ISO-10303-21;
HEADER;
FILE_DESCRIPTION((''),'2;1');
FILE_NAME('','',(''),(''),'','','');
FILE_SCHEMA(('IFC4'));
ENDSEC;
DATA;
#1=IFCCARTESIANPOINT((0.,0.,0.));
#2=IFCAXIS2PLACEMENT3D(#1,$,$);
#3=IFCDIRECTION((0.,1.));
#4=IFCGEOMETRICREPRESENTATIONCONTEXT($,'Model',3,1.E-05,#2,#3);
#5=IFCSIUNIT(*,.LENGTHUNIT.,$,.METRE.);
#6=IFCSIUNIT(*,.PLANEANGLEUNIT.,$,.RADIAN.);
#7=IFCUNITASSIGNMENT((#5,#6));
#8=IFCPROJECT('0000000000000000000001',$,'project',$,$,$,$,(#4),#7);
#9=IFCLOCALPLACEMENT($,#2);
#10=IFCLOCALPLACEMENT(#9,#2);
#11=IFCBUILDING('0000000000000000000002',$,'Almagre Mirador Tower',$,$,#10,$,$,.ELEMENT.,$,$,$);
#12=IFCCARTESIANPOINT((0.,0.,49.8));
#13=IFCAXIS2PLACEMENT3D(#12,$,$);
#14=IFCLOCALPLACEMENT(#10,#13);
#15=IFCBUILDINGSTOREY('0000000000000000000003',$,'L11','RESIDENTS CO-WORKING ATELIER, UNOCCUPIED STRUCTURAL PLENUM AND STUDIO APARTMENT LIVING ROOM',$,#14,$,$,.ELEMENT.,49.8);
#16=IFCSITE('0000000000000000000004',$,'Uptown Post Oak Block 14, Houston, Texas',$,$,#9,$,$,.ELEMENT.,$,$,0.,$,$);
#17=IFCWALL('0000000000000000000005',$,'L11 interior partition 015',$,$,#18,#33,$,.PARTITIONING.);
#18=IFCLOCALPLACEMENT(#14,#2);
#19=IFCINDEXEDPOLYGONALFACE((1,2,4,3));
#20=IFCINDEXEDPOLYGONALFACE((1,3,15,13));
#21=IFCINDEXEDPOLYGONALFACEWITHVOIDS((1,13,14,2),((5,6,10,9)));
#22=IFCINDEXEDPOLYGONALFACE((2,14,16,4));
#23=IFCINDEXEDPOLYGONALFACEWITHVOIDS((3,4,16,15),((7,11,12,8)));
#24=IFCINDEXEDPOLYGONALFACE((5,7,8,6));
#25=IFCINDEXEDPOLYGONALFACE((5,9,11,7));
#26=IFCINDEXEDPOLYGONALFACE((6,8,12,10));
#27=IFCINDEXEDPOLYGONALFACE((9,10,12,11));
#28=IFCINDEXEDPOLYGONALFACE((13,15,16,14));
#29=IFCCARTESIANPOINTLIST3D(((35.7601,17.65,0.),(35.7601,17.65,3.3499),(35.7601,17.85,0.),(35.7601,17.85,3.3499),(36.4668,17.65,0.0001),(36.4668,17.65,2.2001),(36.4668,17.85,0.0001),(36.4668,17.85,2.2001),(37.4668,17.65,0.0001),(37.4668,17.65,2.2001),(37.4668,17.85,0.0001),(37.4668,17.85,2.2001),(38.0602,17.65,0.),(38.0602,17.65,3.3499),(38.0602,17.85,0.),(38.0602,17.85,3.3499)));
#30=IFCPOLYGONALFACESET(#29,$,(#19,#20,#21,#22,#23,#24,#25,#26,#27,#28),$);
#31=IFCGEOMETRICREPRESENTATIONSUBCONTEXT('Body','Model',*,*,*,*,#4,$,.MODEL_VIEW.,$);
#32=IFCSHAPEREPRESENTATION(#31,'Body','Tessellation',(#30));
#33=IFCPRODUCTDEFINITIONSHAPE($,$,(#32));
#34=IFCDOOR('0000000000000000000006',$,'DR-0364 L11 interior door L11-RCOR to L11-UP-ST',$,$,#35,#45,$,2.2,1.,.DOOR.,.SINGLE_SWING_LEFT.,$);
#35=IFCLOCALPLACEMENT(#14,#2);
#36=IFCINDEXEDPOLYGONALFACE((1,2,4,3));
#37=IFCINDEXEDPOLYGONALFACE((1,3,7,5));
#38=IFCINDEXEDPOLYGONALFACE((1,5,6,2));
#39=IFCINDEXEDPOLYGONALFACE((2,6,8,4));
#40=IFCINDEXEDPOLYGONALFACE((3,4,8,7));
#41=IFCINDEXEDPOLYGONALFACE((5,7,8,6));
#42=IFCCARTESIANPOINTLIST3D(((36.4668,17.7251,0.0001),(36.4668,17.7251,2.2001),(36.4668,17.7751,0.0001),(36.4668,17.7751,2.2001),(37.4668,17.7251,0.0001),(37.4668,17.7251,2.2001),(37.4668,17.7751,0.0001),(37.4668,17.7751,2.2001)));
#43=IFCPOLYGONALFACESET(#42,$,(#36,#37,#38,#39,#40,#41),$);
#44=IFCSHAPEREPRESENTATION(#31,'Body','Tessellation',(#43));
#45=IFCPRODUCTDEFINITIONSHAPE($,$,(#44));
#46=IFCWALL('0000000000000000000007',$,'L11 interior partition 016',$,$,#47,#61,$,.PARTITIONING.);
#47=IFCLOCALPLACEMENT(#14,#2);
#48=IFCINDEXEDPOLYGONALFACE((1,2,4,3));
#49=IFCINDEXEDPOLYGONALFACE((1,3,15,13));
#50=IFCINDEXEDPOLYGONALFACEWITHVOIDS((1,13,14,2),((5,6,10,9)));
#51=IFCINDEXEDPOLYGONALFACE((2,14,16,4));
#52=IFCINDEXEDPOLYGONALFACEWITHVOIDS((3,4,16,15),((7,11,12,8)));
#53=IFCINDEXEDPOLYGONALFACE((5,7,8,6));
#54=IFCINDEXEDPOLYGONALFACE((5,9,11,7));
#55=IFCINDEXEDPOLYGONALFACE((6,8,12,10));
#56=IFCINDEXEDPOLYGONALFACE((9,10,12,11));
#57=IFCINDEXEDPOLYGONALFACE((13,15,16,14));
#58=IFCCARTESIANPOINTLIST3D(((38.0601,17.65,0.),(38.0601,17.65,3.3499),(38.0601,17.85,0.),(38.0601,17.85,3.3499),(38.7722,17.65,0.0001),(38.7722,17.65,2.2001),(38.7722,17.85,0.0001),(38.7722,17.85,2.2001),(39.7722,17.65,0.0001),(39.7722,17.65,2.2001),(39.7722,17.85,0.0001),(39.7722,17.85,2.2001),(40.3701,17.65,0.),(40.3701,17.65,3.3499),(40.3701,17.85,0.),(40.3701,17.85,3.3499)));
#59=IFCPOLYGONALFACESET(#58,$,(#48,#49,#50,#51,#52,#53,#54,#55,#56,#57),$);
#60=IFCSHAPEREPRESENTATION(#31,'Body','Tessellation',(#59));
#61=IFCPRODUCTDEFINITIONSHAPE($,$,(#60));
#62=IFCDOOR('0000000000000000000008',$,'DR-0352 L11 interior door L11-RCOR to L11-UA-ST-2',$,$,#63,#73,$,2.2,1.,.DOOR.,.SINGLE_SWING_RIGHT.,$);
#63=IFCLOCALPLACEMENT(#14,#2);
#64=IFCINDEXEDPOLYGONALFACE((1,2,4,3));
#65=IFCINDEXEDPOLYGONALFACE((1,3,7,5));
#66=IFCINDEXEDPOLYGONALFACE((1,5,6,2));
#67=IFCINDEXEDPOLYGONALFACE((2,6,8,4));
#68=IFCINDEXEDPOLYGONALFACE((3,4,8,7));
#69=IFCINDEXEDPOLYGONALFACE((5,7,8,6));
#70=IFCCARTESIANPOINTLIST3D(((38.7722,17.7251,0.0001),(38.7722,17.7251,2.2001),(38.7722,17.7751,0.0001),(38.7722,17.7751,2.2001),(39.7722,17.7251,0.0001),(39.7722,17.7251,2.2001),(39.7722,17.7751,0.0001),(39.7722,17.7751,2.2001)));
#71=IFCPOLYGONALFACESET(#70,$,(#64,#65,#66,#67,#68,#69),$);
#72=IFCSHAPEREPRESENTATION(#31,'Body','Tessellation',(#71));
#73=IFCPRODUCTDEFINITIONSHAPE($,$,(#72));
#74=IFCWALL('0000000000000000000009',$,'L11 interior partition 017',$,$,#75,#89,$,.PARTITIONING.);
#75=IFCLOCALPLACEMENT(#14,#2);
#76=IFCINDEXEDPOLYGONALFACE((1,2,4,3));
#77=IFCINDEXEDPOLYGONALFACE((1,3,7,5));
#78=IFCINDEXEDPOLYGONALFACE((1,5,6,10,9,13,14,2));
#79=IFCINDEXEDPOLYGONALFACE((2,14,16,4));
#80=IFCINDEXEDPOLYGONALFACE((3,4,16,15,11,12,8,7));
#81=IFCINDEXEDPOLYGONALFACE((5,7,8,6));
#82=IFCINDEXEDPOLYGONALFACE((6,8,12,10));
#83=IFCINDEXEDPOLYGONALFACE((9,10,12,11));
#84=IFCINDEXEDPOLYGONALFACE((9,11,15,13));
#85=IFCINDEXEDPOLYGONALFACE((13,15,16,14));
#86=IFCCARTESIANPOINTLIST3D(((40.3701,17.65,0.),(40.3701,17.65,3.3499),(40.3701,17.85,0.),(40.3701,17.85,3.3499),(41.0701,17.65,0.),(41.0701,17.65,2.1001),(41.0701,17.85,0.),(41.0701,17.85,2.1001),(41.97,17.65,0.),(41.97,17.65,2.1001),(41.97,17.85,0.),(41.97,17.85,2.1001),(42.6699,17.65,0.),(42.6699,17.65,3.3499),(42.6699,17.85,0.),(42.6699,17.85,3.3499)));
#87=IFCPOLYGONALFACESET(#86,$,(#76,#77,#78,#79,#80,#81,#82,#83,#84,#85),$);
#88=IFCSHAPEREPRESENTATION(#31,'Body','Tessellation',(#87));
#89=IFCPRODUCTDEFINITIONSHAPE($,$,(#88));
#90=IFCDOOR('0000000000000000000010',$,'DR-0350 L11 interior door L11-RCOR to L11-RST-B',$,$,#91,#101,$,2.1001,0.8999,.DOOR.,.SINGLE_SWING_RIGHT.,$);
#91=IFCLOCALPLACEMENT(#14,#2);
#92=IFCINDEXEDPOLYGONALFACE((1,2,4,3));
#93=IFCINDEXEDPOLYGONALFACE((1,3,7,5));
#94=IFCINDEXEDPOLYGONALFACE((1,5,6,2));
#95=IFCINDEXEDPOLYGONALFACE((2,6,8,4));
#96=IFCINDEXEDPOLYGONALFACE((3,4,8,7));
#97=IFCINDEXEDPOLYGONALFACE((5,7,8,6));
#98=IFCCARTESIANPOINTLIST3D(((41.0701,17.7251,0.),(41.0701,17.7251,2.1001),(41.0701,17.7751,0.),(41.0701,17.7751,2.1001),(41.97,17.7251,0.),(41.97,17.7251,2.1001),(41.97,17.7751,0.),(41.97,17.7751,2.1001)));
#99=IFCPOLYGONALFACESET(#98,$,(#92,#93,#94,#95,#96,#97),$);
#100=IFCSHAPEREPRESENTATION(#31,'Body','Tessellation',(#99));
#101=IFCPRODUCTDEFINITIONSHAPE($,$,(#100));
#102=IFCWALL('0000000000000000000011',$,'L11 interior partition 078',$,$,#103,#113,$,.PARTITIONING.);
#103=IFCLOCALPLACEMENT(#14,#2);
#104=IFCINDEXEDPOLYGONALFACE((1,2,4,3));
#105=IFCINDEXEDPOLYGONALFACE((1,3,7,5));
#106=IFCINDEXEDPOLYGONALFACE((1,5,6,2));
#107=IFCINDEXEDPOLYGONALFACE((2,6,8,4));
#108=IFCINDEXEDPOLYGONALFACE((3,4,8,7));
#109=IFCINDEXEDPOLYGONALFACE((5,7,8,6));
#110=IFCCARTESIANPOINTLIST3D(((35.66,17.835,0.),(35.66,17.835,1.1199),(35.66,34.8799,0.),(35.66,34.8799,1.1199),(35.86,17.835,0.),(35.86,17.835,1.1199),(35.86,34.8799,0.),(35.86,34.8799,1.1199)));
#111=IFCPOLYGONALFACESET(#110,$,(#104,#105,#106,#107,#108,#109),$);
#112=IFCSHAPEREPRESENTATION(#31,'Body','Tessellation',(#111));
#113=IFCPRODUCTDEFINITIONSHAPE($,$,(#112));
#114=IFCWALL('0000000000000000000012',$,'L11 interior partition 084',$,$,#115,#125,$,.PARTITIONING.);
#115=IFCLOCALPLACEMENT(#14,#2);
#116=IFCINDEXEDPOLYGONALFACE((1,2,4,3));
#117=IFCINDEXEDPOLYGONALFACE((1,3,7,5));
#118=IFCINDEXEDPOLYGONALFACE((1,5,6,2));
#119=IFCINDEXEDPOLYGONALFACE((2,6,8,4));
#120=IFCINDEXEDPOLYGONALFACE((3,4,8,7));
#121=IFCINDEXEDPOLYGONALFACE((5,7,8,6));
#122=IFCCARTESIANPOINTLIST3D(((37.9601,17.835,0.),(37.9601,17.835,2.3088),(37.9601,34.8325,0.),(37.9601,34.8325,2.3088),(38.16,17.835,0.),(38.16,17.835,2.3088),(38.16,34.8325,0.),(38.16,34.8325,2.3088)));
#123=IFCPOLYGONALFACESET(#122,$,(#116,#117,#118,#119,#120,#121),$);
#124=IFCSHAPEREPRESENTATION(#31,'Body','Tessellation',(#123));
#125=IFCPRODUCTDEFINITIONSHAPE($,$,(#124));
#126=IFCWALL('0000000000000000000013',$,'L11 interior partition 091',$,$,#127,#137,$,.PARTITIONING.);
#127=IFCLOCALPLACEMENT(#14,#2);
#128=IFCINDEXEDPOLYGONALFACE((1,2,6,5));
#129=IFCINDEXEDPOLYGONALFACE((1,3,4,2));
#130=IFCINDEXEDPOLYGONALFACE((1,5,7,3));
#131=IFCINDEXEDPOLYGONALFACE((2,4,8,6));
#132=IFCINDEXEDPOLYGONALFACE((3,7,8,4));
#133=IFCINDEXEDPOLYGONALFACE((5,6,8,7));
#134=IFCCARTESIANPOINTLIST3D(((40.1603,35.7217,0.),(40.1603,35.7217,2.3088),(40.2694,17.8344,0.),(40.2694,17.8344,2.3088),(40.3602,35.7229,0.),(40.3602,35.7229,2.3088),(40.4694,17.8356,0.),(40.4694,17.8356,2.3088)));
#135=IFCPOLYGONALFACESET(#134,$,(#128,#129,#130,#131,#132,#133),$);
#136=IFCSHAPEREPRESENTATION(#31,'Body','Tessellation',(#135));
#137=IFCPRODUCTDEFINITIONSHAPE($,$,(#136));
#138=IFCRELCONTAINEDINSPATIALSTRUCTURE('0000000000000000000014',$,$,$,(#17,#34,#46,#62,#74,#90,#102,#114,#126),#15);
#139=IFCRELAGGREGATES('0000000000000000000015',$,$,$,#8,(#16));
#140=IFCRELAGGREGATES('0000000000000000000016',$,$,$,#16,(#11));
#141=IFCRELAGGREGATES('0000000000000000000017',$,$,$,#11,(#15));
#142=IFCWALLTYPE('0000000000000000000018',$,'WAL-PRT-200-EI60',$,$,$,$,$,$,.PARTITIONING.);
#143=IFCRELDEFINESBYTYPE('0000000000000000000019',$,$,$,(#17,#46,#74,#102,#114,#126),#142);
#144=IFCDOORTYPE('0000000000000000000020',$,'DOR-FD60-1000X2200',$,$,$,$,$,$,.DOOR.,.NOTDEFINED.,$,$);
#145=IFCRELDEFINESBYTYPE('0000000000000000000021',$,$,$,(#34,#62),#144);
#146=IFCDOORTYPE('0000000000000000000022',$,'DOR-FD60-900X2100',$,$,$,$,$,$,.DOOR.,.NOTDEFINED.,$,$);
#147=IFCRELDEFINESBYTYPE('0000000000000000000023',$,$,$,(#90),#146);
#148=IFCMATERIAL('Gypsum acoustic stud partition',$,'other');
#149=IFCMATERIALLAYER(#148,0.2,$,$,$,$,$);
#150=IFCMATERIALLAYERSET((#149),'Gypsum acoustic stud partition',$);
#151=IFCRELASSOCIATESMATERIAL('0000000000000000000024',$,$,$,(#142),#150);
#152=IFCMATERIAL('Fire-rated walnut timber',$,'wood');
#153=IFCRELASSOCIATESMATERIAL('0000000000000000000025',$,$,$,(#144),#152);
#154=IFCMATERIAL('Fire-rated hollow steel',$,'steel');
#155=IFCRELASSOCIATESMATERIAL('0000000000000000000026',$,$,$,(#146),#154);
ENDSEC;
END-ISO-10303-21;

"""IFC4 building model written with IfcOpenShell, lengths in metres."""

from ifc_helpers import new_model, si_unit, direction, frame, frame_2d, origin, place, context, subcontext, project, spatial, rectangle, extrude, material, layer, layer_set, type_object, element, fill, save


model = new_model("IFC4")

# Units and contexts
model_context = context("Model", 3, precision=1e-05, world=origin(), true_north=direction((0.0, 1.0)))
body_context = subcontext(model_context, "Body", "Model", "MODEL_VIEW")
ifc_project = project(units=[si_unit("LENGTHUNIT", "METRE"), si_unit("PLANEANGLEUNIT", "RADIAN")], contexts=[model_context])

# Site, building, storey
site_placement = place(None, origin())
site = spatial("IfcSite", under=ifc_project, at=site_placement, Name="Uptown Post Oak Block 14, Houston, Texas", CompositionType="ELEMENT", RefElevation=0.0)
building_placement = place(site_placement, origin())
building = spatial("IfcBuilding", under=site, at=building_placement, Name="Almagre Mirador Tower", CompositionType="ELEMENT")
storey_placement = place(building_placement, frame((0.0, 0.0, 49.8)))
storey = spatial("IfcBuildingStorey", under=building, at=storey_placement, Name="L11", Description="RESIDENTS CO-WORKING ATELIER, UNOCCUPIED STRUCTURAL PLENUM AND STUDIO APARTMENT LIVING ROOM", CompositionType="ELEMENT", Elevation=49.8)

# Walls, openings, doors
ifc_material_1 = material(Name="Gypsum acoustic stud partition", Category="other")
ifc_layer = layer(ifc_material_1, 0.2)
ifc_layer_set = layer_set([ifc_layer], Name="Gypsum acoustic stud partition")
wall_type = type_object("IfcWallType", Name="WAL-PRT-200-EI60", PredefinedType="PARTITIONING", material=ifc_layer_set)
ifc_material_2 = material(Name="Fire-rated walnut timber", Category="wood")
door_type_1 = type_object("IfcDoorType", Name="DOR-FD60-1000X2200", OperationType="NOTDEFINED", PredefinedType="DOOR", material=ifc_material_2)
wall_1_placement = place(storey_placement, frame((38.0601, 17.75, 0.0), z_axis=(0.0, 0.0, 1.0), x_axis=(-1.0, 0.0, 0.0)))
wall_1 = element("IfcWall", 1, at=wall_1_placement, inside=storey, type_object=wall_type, Name="L11 interior partition 015", PredefinedType="PARTITIONING", context=body_context, shape_type="SweptSolid", body=[
    extrude(rectangle(XDim=2.3, YDim=0.2, at=frame_2d((1.1499, 0.0))), origin(), (0.0, 0.0, 1.0), 3.3499),
])
opening_1_placement = place(wall_1_placement, frame((0.5933, 0.0, 0.0)))
opening_1 = element("IfcOpeningElement", 2, at=opening_1_placement, cuts=wall_1, PredefinedType="OPENING", context=body_context, shape_type="SweptSolid", body=[
    extrude(rectangle(XDim=1.0, YDim=2.2, at=frame_2d((0.5, 1.1001))), frame((0.0, 0.1101, 0.0), z_axis=(0.0, -1.0, 0.0), x_axis=(1.0, 0.0, 0.0)), (0.0, 0.0, 1.0), 0.22),
])
door_1_placement = place(opening_1_placement, origin())
door_1 = element("IfcDoor", 3, at=door_1_placement, inside=storey, type_object=door_type_1, Name="DR-0364 L11 interior door L11-RCOR to L11-UP-ST", OperationType="SINGLE_SWING_LEFT", OverallHeight=2.2, OverallWidth=1.0, PredefinedType="DOOR", context=body_context, shape_type="SweptSolid", body=[
    extrude(rectangle(XDim=1.0, YDim=2.2, at=frame_2d((0.5, 1.1001))), frame((0.0, 0.0249, 0.0), z_axis=(0.0, -1.0, 0.0), x_axis=(1.0, 0.0, 0.0)), (0.0, 0.0, 1.0), 0.05),
])
fill(opening_1, door_1)
wall_2_placement = place(storey_placement, frame((40.3701, 17.75, 0.0), z_axis=(0.0, 0.0, 1.0), x_axis=(-1.0, 0.0, 0.0)))
wall_2 = element("IfcWall", 4, at=wall_2_placement, inside=storey, type_object=wall_type, Name="L11 interior partition 016", PredefinedType="PARTITIONING", context=body_context, shape_type="SweptSolid", body=[
    extrude(rectangle(XDim=2.3101, YDim=0.2, at=frame_2d((1.155, 0.0))), origin(), (0.0, 0.0, 1.0), 3.3499),
])
opening_2_placement = place(wall_2_placement, frame((0.5979, 0.0, 0.0)))
opening_2 = element("IfcOpeningElement", 5, at=opening_2_placement, cuts=wall_2, PredefinedType="OPENING", context=body_context, shape_type="SweptSolid", body=[
    extrude(rectangle(XDim=1.0, YDim=2.2, at=frame_2d((0.5, 1.1001))), frame((0.0, 0.1101, 0.0), z_axis=(0.0, -1.0, 0.0), x_axis=(1.0, 0.0, 0.0)), (0.0, 0.0, 1.0), 0.22),
])
door_2_placement = place(opening_2_placement, origin())
door_2 = element("IfcDoor", 6, at=door_2_placement, inside=storey, type_object=door_type_1, Name="DR-0352 L11 interior door L11-RCOR to L11-UA-ST-2", OperationType="SINGLE_SWING_RIGHT", OverallHeight=2.2, OverallWidth=1.0, PredefinedType="DOOR", context=body_context, shape_type="SweptSolid", body=[
    extrude(rectangle(XDim=1.0, YDim=2.2, at=frame_2d((0.5, 1.1001))), frame((0.0, 0.0249, 0.0), z_axis=(0.0, -1.0, 0.0), x_axis=(1.0, 0.0, 0.0)), (0.0, 0.0, 1.0), 0.05),
])
fill(opening_2, door_2)
wall_3_placement = place(storey_placement, frame((42.6699, 17.75, 0.0), z_axis=(0.0, 0.0, 1.0), x_axis=(-1.0, 0.0, 0.0)))
wall_3 = element("IfcWall", 7, at=wall_3_placement, inside=storey, type_object=wall_type, Name="L11 interior partition 017", PredefinedType="PARTITIONING", context=body_context, shape_type="SweptSolid", body=[
    extrude(rectangle(XDim=2.2998, YDim=0.2, at=frame_2d((1.1499, 0.0))), origin(), (0.0, 0.0, 1.0), 3.3499),
])
opening_3_placement = place(wall_3_placement, frame((0.7, 0.0, 0.0)))
opening_3 = element("IfcOpeningElement", 8, at=opening_3_placement, cuts=wall_3, PredefinedType="OPENING", context=body_context, shape_type="SweptSolid", body=[
    extrude(rectangle(XDim=0.8999, YDim=2.1001, at=frame_2d((0.45, 1.05))), frame((0.0, 0.1101, 0.0), z_axis=(0.0, -1.0, 0.0), x_axis=(1.0, 0.0, 0.0)), (0.0, 0.0, 1.0), 0.22),
])
ifc_material_3 = material(Name="Fire-rated hollow steel", Category="steel")
door_type_2 = type_object("IfcDoorType", Name="DOR-FD60-900X2100", OperationType="NOTDEFINED", PredefinedType="DOOR", material=ifc_material_3)
door_3_placement = place(opening_3_placement, origin())
door_3 = element("IfcDoor", 9, at=door_3_placement, inside=storey, type_object=door_type_2, Name="DR-0350 L11 interior door L11-RCOR to L11-RST-B", OperationType="SINGLE_SWING_RIGHT", OverallHeight=2.1001, OverallWidth=0.8999, PredefinedType="DOOR", context=body_context, shape_type="SweptSolid", body=[
    extrude(rectangle(XDim=0.8999, YDim=2.1001, at=frame_2d((0.45, 1.05))), frame((0.0, 0.0249, 0.0), z_axis=(0.0, -1.0, 0.0), x_axis=(1.0, 0.0, 0.0)), (0.0, 0.0, 1.0), 0.05),
])
fill(opening_3, door_3)

# Walls
wall_4_placement = place(storey_placement, frame((35.76, 17.835, 0.0), z_axis=(0.0, 0.0, 1.0), x_axis=(0.0, 1.0, 0.0)))
element("IfcWall", 10, at=wall_4_placement, inside=storey, type_object=wall_type, Name="L11 interior partition 078", PredefinedType="PARTITIONING", context=body_context, shape_type="SweptSolid", body=[
    extrude(rectangle(XDim=17.0449, YDim=0.2, at=frame_2d((8.5225, 0.0))), origin(), (0.0, 0.0, 1.0), 1.1199),
])
wall_5_placement = place(storey_placement, frame((38.0601, 17.835, 0.0), z_axis=(0.0, 0.0, 1.0), x_axis=(0.0, 1.0, 0.0)))
element("IfcWall", 11, at=wall_5_placement, inside=storey, type_object=wall_type, Name="L11 interior partition 084", PredefinedType="PARTITIONING", context=body_context, shape_type="SweptSolid", body=[
    extrude(rectangle(XDim=16.9976, YDim=0.2, at=frame_2d((8.4988, 0.0))), origin(), (0.0, 0.0, 1.0), 2.3088),
])
wall_6_placement = place(storey_placement, frame((40.3694, 17.835, 0.0), z_axis=(0.0, 0.0, 1.0), x_axis=(-0.006101, 0.999981, 0.0)))
element("IfcWall", 12, at=wall_6_placement, inside=storey, type_object=wall_type, Name="L11 interior partition 091", PredefinedType="PARTITIONING", context=body_context, shape_type="SweptSolid", body=[
    extrude(rectangle(XDim=17.8877, YDim=0.2, at=frame_2d((8.9438, 0.0))), origin(), (0.0, 0.0, 1.0), 2.3088),
])

save(model, "model.ifc")
